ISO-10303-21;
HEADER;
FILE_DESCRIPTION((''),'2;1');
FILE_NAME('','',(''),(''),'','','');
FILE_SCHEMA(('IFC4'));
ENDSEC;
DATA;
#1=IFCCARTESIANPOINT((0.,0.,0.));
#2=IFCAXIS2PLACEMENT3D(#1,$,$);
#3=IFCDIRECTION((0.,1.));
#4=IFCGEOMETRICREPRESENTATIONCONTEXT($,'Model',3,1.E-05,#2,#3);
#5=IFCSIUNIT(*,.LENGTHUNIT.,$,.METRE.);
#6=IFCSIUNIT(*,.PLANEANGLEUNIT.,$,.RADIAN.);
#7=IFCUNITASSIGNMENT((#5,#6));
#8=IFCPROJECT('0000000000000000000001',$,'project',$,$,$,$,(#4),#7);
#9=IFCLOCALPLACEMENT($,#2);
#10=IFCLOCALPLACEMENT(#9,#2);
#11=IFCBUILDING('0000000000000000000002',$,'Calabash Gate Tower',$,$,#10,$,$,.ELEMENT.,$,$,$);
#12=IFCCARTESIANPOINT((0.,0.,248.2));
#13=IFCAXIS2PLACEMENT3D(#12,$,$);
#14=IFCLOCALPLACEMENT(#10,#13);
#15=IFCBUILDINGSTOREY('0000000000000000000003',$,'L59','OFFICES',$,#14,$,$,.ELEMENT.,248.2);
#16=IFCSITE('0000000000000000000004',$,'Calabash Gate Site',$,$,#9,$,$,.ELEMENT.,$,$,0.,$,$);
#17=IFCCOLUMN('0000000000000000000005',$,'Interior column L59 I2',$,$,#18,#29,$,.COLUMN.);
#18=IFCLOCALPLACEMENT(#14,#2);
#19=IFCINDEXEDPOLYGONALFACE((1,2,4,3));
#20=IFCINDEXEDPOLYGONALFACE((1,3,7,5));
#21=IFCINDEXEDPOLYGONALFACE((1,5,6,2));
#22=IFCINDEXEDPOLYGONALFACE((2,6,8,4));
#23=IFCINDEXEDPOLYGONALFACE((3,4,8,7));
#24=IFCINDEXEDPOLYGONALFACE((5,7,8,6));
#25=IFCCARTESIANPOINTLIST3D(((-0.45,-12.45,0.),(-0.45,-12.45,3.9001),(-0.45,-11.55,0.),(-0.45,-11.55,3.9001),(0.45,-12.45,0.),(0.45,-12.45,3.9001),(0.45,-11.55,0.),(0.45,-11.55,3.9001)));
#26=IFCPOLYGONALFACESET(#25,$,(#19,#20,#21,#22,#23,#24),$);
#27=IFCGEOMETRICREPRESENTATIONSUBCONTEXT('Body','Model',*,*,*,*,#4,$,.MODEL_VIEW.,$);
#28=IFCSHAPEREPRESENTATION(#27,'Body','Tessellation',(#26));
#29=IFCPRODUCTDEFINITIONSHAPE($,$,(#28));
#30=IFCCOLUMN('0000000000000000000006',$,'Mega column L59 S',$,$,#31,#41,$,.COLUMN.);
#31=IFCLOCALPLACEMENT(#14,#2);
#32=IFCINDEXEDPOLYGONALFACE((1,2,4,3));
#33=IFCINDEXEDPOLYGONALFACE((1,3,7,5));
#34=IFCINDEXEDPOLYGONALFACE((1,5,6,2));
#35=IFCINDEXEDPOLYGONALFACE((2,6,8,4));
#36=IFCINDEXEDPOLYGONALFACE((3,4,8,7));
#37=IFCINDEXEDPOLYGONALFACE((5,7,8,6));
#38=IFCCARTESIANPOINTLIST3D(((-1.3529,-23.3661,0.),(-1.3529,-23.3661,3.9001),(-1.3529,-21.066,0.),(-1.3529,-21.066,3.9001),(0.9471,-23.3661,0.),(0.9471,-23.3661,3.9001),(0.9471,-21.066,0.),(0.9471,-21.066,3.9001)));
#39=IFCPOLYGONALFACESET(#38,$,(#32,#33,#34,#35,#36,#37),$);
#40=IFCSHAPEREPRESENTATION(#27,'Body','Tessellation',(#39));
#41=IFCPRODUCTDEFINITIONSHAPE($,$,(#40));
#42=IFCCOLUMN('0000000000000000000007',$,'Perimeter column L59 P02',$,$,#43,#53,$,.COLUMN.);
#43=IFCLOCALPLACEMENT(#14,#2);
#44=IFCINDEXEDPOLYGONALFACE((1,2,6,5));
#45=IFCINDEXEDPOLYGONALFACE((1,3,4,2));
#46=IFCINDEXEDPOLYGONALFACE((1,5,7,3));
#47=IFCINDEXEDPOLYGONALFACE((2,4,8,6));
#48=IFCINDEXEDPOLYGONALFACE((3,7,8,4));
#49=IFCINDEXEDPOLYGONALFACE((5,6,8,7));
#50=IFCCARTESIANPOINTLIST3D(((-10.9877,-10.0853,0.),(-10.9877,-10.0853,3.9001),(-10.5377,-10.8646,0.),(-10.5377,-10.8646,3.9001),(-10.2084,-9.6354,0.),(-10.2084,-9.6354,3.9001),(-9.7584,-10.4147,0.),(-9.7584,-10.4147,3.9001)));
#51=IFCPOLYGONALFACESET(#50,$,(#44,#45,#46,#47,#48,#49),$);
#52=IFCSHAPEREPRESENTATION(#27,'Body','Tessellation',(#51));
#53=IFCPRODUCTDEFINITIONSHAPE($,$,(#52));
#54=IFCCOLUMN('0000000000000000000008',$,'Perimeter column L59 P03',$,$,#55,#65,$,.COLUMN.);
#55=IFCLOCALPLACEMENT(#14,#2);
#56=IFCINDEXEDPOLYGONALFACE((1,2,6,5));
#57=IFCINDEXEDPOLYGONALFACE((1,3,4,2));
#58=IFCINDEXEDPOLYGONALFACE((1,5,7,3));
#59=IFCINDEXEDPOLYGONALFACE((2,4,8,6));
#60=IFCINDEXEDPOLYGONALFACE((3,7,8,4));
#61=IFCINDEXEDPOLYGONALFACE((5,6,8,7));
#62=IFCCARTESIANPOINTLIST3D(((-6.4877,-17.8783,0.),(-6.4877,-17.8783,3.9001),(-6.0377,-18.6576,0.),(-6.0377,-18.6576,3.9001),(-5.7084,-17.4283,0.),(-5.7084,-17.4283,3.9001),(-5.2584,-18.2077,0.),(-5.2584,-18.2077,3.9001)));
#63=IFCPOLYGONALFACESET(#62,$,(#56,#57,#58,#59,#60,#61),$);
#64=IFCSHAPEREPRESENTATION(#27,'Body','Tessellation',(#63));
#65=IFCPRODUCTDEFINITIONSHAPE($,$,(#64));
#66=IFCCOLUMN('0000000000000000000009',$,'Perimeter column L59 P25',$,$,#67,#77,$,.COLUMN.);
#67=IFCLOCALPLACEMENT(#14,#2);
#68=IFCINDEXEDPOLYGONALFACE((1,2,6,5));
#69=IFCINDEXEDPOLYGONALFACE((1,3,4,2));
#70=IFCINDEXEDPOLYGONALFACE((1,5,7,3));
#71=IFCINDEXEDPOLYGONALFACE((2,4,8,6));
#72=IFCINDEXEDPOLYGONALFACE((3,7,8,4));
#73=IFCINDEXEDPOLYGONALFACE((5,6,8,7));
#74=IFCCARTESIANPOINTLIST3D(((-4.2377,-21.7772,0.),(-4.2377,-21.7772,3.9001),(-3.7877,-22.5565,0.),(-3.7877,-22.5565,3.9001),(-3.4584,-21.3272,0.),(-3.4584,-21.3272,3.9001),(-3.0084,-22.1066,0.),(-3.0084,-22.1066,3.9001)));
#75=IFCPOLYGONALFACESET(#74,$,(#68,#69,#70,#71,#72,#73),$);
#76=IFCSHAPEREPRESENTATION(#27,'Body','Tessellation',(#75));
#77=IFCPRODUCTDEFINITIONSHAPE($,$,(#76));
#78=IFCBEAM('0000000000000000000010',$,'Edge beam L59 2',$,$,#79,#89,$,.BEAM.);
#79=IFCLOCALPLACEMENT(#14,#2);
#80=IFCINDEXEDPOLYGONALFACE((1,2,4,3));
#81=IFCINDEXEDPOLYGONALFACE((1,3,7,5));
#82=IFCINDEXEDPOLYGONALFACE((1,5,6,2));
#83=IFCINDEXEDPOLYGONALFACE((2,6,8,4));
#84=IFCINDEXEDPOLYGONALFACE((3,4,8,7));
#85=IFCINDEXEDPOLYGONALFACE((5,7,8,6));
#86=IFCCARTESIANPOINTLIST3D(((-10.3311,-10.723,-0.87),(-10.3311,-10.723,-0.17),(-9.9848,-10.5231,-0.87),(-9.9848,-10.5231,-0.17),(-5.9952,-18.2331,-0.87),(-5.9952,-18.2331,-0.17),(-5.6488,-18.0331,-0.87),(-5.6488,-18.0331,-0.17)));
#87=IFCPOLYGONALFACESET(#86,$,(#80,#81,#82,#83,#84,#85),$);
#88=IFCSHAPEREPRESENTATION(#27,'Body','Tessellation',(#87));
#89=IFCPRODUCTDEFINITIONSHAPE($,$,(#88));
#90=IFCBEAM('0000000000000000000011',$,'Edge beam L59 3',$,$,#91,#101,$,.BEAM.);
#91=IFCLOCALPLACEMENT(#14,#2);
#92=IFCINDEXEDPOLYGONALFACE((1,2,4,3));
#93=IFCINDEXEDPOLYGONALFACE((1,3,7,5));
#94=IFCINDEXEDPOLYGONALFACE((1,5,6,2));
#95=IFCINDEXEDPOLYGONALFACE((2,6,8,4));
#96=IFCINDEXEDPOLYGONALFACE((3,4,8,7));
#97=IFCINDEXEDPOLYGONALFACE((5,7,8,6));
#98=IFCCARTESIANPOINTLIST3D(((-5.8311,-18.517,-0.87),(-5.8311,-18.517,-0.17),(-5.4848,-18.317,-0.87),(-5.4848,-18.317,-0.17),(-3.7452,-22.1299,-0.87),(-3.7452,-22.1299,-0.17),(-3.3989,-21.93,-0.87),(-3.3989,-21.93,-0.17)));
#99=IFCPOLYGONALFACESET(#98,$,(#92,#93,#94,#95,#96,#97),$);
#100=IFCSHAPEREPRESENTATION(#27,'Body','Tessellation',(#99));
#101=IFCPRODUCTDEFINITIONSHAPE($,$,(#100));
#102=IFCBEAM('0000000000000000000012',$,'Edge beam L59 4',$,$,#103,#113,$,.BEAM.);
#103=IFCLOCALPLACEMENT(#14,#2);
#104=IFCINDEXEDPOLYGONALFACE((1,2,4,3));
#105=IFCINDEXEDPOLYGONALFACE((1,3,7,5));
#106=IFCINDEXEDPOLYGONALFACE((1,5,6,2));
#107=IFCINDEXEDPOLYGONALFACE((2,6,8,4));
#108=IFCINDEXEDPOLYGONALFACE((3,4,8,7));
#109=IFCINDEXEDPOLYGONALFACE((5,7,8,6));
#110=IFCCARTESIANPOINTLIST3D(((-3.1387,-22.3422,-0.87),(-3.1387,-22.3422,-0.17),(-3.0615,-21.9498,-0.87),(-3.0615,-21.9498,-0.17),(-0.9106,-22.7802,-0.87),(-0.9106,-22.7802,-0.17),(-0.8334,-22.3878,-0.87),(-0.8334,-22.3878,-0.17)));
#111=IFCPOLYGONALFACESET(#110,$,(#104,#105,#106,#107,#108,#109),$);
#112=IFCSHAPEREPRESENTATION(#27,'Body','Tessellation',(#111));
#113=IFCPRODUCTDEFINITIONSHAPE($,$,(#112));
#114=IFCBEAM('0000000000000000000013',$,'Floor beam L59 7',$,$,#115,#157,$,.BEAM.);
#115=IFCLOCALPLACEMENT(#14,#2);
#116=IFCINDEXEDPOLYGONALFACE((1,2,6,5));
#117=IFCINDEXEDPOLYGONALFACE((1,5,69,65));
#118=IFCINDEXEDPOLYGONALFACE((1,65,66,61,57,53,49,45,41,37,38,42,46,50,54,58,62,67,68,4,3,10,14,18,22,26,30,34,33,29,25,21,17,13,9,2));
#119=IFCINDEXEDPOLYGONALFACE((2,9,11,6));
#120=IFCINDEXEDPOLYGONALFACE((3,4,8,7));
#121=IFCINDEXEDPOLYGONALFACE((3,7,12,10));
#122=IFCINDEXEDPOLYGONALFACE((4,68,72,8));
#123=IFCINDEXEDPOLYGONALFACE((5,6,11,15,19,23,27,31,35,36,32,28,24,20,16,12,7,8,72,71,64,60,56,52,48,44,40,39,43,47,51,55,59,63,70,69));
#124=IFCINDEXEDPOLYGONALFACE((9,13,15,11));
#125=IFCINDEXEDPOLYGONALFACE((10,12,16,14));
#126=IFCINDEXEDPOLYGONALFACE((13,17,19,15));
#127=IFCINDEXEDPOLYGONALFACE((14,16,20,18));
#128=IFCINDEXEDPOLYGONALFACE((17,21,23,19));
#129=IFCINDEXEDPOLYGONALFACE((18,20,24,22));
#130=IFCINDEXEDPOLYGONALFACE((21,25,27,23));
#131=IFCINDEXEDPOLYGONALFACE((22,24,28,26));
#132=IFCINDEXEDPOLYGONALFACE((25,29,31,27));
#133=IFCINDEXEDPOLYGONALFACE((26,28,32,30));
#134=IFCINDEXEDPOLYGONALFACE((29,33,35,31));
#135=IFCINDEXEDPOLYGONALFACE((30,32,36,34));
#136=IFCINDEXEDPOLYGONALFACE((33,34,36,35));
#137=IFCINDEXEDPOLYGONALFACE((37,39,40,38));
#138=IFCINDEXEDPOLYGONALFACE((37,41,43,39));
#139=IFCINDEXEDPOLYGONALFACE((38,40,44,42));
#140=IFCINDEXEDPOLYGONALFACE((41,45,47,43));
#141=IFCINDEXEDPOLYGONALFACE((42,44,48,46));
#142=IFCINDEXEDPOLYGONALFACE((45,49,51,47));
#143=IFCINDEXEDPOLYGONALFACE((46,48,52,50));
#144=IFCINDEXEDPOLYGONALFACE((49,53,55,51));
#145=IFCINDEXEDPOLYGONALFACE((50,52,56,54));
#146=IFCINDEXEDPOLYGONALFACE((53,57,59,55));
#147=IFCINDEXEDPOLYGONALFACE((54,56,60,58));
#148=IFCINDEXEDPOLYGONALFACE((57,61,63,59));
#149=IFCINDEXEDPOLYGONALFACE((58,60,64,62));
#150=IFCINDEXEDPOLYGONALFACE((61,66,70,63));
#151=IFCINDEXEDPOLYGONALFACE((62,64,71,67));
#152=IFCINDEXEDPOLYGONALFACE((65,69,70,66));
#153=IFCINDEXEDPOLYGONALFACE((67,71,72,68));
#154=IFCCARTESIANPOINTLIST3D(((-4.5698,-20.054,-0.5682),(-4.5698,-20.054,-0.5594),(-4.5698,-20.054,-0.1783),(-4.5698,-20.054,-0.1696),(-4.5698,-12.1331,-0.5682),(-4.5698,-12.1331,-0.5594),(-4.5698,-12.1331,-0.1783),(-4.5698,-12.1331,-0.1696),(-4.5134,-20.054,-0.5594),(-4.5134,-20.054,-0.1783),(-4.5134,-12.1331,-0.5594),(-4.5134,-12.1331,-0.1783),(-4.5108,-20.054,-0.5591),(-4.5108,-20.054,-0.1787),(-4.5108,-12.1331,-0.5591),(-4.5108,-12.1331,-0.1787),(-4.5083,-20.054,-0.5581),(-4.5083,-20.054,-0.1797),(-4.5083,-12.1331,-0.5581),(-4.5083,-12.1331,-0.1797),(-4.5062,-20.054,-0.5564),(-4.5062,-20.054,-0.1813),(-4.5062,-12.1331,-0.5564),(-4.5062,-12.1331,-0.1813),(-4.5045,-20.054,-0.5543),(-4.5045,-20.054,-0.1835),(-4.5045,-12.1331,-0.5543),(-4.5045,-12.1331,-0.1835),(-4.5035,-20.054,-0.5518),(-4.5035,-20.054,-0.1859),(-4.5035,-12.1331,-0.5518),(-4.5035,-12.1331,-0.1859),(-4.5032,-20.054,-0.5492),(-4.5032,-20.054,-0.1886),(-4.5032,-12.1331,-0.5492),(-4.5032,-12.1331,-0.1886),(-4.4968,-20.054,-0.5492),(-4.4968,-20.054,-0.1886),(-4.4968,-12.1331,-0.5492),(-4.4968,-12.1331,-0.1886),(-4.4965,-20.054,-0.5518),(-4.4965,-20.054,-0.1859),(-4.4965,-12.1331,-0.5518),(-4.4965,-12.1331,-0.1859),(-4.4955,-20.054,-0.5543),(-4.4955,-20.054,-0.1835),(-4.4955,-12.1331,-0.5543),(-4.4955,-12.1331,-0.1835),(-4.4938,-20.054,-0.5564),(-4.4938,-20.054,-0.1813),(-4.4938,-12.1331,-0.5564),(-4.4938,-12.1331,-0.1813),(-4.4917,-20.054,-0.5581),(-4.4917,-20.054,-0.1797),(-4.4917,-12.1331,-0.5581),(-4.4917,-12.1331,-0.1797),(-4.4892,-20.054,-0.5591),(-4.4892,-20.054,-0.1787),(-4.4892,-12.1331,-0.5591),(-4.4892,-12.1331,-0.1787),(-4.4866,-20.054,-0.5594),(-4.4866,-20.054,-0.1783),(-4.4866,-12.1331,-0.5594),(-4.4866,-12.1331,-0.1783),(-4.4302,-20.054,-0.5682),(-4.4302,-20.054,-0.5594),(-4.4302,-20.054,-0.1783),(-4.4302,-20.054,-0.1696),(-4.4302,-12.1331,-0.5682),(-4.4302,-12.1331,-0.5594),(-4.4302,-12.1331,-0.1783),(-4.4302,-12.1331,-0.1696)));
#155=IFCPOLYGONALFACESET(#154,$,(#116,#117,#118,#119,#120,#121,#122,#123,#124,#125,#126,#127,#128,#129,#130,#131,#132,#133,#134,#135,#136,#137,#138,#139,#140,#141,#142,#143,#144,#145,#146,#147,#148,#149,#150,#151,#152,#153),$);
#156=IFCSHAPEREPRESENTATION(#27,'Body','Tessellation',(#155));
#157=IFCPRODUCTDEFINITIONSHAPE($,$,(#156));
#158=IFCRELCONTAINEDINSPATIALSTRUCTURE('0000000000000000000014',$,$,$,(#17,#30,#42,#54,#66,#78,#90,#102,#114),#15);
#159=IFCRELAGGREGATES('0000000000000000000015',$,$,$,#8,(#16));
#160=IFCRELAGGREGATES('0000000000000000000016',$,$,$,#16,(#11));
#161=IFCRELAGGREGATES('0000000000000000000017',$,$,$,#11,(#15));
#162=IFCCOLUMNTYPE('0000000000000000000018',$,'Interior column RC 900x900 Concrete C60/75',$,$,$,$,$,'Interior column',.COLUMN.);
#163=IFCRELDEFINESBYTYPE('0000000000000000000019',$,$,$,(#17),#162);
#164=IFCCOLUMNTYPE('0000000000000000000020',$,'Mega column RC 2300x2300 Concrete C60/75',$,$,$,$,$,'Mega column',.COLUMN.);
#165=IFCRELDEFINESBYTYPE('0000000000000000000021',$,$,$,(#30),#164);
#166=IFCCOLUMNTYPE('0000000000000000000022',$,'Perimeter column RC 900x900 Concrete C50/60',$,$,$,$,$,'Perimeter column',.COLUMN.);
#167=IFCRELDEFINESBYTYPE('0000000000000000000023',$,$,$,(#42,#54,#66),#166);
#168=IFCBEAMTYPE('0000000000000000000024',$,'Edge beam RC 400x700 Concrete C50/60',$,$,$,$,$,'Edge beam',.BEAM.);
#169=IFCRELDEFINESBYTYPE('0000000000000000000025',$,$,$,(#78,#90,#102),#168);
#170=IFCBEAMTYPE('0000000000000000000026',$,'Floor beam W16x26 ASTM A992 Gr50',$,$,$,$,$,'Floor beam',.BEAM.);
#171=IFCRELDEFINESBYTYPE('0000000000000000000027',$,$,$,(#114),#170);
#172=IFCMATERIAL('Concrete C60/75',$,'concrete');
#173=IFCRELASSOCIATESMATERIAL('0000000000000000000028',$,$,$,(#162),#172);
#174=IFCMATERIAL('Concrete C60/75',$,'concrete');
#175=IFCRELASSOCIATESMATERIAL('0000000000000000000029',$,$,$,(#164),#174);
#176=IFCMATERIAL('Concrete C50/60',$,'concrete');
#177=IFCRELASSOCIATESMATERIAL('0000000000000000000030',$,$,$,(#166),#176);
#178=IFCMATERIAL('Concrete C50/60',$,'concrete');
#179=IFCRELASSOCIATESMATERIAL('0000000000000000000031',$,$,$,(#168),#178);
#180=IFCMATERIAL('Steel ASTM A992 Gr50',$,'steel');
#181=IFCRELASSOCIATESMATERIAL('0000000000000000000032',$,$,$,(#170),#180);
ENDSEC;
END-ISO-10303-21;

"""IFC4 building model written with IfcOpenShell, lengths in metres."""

from ifc_helpers import new_model, si_unit, direction, frame, origin, origin_2d, place, context, subcontext, project, spatial, rectangle, i_section, extrude, material, material_profile, profile_set, type_object, element, save


model = new_model("IFC4")

# Units and contexts
model_context = context("Model", 3, precision=1e-05, world=origin(), true_north=direction((0.0, 1.0)))
body_context = subcontext(model_context, "Body", "Model", "MODEL_VIEW")
ifc_project = project(units=[si_unit("LENGTHUNIT", "METRE"), si_unit("PLANEANGLEUNIT", "RADIAN")], contexts=[model_context])

# Site, building, storey
site_placement = place(None, origin())
site = spatial("IfcSite", under=ifc_project, at=site_placement, Name="Calabash Gate Site", CompositionType="ELEMENT", RefElevation=0.0)
building_placement = place(site_placement, origin())
building = spatial("IfcBuilding", under=site, at=building_placement, Name="Calabash Gate Tower", CompositionType="ELEMENT")
storey_placement = place(building_placement, frame((0.0, 0.0, 248.2)))
storey = spatial("IfcBuildingStorey", under=building, at=storey_placement, Name="L59", Description="OFFICES", CompositionType="ELEMENT", Elevation=248.2)

# Columns
ifc_material_1 = material(Name="Concrete C60/75", Category="concrete")
ifc_material_profile_1 = material_profile(ifc_material_1, rectangle(XDim=0.8999, YDim=0.8999, at=origin_2d()))
ifc_profile_set_1 = profile_set([ifc_material_profile_1], Name="Concrete C60/75")
column_type_1 = type_object("IfcColumnType", Name="Interior column RC 900x900 Concrete C60/75", ElementType="Interior column", PredefinedType="COLUMN", material=ifc_profile_set_1)
column_1_placement = place(storey_placement, frame((0.0, -12.0, 0.0), z_axis=(0.0, 0.0, 1.0), x_axis=(1.0, 0.0, 0.0)))
element("IfcColumn", 1, at=column_1_placement, inside=storey, type_object=column_type_1, Name="Interior column L59 I2", PredefinedType="COLUMN", context=body_context, shape_type="SweptSolid", body=[
    extrude(rectangle(XDim=0.8999, YDim=0.8999, at=origin_2d()), origin(), (0.0, 0.0, 1.0), 3.9001),
])
ifc_material_2 = material(Name="Concrete C60/75", Category="concrete")
ifc_material_profile_2 = material_profile(ifc_material_2, rectangle(XDim=2.3, YDim=2.3, at=origin_2d()))
ifc_profile_set_2 = profile_set([ifc_material_profile_2], Name="Concrete C60/75")
column_type_2 = type_object("IfcColumnType", Name="Mega column RC 2300x2300 Concrete C60/75", ElementType="Mega column", PredefinedType="COLUMN", material=ifc_profile_set_2)
column_2_placement = place(storey_placement, frame((-0.2029, -22.2161, 0.0), z_axis=(0.0, 0.0, 1.0), x_axis=(0.0, 1.0, 0.0)))
element("IfcColumn", 2, at=column_2_placement, inside=storey, type_object=column_type_2, Name="Mega column L59 S", PredefinedType="COLUMN", context=body_context, shape_type="SweptSolid", body=[
    extrude(rectangle(XDim=2.3, YDim=2.3, at=origin_2d()), origin(), (0.0, 0.0, 1.0), 3.9001),
])
ifc_material_3 = material(Name="Concrete C50/60", Category="concrete")
ifc_material_profile_3 = material_profile(ifc_material_3, rectangle(XDim=0.8999, YDim=0.8999, at=origin_2d()))
ifc_profile_set_3 = profile_set([ifc_material_profile_3], Name="Concrete C50/60")
column_type_3 = type_object("IfcColumnType", Name="Perimeter column RC 900x900 Concrete C50/60", ElementType="Perimeter column", PredefinedType="COLUMN", material=ifc_profile_set_3)
for number, where, z_axis, x_axis, name in (
    (3, (-10.373, -10.25, 0.0), (0.0, 0.0, 1.0), (0.5, -0.866025, 0.0), "Perimeter column L59 P02"),
    (4, (-5.873, -18.043, 0.0), (0.0, 0.0, 1.0), (0.5, -0.866025, 0.0), "Perimeter column L59 P03"),
    (5, (-3.623, -21.9419, 0.0), (0.0, 0.0, 1.0), (0.5, -0.866025, 0.0), "Perimeter column L59 P25"),
):
    element("IfcColumn", number, at=place(storey_placement, frame(where, z_axis=z_axis, x_axis=x_axis)), inside=storey, type_object=column_type_3, Name=name, PredefinedType="COLUMN", context=body_context, shape_type="SweptSolid", body=[
        extrude(rectangle(XDim=0.8999, YDim=0.8999, at=origin_2d()), origin(), (0.0, 0.0, 1.0), 3.9001),
    ])

# Beams
ifc_material_4 = material(Name="Concrete C50/60", Category="concrete")
ifc_material_profile_4 = material_profile(ifc_material_4, rectangle(XDim=0.3999, YDim=0.7, at=origin_2d()))
ifc_profile_set_4 = profile_set([ifc_material_profile_4], Name="Concrete C50/60")
beam_type_1 = type_object("IfcBeamType", Name="Edge beam RC 400x700 Concrete C50/60", ElementType="Edge beam", PredefinedType="BEAM", material=ifc_profile_set_4)
beam_1_placement = place(storey_placement, frame((-10.158, -10.623, -0.52), z_axis=(0.500003, -0.866024, 0.0), x_axis=(0.866024, 0.500003, 0.0)))
element("IfcBeam", 6, at=beam_1_placement, inside=storey, type_object=beam_type_1, Name="Edge beam L59 2", PredefinedType="BEAM", context=body_context, shape_type="SweptSolid", body=[
    extrude(rectangle(XDim=0.3999, YDim=0.7, at=origin_2d()), origin(), (0.0, 0.0, 1.0), 8.6719),
])
beam_2_placement = place(storey_placement, frame((-5.658, -18.417, -0.52), z_axis=(0.499991, -0.866031, 0.0), x_axis=(0.866031, 0.499991, 0.0)))
element("IfcBeam", 7, at=beam_2_placement, inside=storey, type_object=beam_type_1, Name="Edge beam L59 3", PredefinedType="BEAM", context=body_context, shape_type="SweptSolid", body=[
    extrude(rectangle(XDim=0.3999, YDim=0.7, at=origin_2d()), origin(), (0.0, 0.0, 1.0), 4.1719),
])
beam_3_placement = place(storey_placement, frame((-3.1001, -22.146, -0.52), z_axis=(0.98122, -0.192889, 0.0), x_axis=(0.192889, 0.98122, 0.0)))
element("IfcBeam", 8, at=beam_3_placement, inside=storey, type_object=beam_type_1, Name="Edge beam L59 4", PredefinedType="BEAM", context=body_context, shape_type="SweptSolid", body=[
    extrude(rectangle(XDim=0.3999, YDim=0.7, at=origin_2d()), origin(), (0.0, 0.0, 1.0), 2.2708),
])
ifc_material_5 = material(Name="Steel ASTM A992 Gr50", Category="steel")
ifc_material_profile_5 = material_profile(ifc_material_5, i_section(OverallWidth=0.1396, OverallDepth=0.3987, WebThickness=0.0063, FlangeThickness=0.0088, FilletRadius=0.0103, at=origin_2d()))
ifc_profile_set_5 = profile_set([ifc_material_profile_5], Name="Steel ASTM A992 Gr50")
beam_type_2 = type_object("IfcBeamType", Name="Floor beam W16x26 ASTM A992 Gr50", ElementType="Floor beam", PredefinedType="BEAM", material=ifc_profile_set_5)
beam_4_placement = place(storey_placement, frame((-4.5, -20.054, -0.3689), z_axis=(0.0, 1.0, 0.0), x_axis=(-1.0, 0.0, 0.0)))
element("IfcBeam", 9, at=beam_4_placement, inside=storey, type_object=beam_type_2, Name="Floor beam L59 7", PredefinedType="BEAM", context=body_context, shape_type="SweptSolid", body=[
    extrude(i_section(OverallWidth=0.1396, OverallDepth=0.3987, WebThickness=0.0063, FlangeThickness=0.0088, FilletRadius=0.0103, at=origin_2d()), origin(), (0.0, 0.0, 1.0), 7.9209),
])

save(model, "model.ifc")
